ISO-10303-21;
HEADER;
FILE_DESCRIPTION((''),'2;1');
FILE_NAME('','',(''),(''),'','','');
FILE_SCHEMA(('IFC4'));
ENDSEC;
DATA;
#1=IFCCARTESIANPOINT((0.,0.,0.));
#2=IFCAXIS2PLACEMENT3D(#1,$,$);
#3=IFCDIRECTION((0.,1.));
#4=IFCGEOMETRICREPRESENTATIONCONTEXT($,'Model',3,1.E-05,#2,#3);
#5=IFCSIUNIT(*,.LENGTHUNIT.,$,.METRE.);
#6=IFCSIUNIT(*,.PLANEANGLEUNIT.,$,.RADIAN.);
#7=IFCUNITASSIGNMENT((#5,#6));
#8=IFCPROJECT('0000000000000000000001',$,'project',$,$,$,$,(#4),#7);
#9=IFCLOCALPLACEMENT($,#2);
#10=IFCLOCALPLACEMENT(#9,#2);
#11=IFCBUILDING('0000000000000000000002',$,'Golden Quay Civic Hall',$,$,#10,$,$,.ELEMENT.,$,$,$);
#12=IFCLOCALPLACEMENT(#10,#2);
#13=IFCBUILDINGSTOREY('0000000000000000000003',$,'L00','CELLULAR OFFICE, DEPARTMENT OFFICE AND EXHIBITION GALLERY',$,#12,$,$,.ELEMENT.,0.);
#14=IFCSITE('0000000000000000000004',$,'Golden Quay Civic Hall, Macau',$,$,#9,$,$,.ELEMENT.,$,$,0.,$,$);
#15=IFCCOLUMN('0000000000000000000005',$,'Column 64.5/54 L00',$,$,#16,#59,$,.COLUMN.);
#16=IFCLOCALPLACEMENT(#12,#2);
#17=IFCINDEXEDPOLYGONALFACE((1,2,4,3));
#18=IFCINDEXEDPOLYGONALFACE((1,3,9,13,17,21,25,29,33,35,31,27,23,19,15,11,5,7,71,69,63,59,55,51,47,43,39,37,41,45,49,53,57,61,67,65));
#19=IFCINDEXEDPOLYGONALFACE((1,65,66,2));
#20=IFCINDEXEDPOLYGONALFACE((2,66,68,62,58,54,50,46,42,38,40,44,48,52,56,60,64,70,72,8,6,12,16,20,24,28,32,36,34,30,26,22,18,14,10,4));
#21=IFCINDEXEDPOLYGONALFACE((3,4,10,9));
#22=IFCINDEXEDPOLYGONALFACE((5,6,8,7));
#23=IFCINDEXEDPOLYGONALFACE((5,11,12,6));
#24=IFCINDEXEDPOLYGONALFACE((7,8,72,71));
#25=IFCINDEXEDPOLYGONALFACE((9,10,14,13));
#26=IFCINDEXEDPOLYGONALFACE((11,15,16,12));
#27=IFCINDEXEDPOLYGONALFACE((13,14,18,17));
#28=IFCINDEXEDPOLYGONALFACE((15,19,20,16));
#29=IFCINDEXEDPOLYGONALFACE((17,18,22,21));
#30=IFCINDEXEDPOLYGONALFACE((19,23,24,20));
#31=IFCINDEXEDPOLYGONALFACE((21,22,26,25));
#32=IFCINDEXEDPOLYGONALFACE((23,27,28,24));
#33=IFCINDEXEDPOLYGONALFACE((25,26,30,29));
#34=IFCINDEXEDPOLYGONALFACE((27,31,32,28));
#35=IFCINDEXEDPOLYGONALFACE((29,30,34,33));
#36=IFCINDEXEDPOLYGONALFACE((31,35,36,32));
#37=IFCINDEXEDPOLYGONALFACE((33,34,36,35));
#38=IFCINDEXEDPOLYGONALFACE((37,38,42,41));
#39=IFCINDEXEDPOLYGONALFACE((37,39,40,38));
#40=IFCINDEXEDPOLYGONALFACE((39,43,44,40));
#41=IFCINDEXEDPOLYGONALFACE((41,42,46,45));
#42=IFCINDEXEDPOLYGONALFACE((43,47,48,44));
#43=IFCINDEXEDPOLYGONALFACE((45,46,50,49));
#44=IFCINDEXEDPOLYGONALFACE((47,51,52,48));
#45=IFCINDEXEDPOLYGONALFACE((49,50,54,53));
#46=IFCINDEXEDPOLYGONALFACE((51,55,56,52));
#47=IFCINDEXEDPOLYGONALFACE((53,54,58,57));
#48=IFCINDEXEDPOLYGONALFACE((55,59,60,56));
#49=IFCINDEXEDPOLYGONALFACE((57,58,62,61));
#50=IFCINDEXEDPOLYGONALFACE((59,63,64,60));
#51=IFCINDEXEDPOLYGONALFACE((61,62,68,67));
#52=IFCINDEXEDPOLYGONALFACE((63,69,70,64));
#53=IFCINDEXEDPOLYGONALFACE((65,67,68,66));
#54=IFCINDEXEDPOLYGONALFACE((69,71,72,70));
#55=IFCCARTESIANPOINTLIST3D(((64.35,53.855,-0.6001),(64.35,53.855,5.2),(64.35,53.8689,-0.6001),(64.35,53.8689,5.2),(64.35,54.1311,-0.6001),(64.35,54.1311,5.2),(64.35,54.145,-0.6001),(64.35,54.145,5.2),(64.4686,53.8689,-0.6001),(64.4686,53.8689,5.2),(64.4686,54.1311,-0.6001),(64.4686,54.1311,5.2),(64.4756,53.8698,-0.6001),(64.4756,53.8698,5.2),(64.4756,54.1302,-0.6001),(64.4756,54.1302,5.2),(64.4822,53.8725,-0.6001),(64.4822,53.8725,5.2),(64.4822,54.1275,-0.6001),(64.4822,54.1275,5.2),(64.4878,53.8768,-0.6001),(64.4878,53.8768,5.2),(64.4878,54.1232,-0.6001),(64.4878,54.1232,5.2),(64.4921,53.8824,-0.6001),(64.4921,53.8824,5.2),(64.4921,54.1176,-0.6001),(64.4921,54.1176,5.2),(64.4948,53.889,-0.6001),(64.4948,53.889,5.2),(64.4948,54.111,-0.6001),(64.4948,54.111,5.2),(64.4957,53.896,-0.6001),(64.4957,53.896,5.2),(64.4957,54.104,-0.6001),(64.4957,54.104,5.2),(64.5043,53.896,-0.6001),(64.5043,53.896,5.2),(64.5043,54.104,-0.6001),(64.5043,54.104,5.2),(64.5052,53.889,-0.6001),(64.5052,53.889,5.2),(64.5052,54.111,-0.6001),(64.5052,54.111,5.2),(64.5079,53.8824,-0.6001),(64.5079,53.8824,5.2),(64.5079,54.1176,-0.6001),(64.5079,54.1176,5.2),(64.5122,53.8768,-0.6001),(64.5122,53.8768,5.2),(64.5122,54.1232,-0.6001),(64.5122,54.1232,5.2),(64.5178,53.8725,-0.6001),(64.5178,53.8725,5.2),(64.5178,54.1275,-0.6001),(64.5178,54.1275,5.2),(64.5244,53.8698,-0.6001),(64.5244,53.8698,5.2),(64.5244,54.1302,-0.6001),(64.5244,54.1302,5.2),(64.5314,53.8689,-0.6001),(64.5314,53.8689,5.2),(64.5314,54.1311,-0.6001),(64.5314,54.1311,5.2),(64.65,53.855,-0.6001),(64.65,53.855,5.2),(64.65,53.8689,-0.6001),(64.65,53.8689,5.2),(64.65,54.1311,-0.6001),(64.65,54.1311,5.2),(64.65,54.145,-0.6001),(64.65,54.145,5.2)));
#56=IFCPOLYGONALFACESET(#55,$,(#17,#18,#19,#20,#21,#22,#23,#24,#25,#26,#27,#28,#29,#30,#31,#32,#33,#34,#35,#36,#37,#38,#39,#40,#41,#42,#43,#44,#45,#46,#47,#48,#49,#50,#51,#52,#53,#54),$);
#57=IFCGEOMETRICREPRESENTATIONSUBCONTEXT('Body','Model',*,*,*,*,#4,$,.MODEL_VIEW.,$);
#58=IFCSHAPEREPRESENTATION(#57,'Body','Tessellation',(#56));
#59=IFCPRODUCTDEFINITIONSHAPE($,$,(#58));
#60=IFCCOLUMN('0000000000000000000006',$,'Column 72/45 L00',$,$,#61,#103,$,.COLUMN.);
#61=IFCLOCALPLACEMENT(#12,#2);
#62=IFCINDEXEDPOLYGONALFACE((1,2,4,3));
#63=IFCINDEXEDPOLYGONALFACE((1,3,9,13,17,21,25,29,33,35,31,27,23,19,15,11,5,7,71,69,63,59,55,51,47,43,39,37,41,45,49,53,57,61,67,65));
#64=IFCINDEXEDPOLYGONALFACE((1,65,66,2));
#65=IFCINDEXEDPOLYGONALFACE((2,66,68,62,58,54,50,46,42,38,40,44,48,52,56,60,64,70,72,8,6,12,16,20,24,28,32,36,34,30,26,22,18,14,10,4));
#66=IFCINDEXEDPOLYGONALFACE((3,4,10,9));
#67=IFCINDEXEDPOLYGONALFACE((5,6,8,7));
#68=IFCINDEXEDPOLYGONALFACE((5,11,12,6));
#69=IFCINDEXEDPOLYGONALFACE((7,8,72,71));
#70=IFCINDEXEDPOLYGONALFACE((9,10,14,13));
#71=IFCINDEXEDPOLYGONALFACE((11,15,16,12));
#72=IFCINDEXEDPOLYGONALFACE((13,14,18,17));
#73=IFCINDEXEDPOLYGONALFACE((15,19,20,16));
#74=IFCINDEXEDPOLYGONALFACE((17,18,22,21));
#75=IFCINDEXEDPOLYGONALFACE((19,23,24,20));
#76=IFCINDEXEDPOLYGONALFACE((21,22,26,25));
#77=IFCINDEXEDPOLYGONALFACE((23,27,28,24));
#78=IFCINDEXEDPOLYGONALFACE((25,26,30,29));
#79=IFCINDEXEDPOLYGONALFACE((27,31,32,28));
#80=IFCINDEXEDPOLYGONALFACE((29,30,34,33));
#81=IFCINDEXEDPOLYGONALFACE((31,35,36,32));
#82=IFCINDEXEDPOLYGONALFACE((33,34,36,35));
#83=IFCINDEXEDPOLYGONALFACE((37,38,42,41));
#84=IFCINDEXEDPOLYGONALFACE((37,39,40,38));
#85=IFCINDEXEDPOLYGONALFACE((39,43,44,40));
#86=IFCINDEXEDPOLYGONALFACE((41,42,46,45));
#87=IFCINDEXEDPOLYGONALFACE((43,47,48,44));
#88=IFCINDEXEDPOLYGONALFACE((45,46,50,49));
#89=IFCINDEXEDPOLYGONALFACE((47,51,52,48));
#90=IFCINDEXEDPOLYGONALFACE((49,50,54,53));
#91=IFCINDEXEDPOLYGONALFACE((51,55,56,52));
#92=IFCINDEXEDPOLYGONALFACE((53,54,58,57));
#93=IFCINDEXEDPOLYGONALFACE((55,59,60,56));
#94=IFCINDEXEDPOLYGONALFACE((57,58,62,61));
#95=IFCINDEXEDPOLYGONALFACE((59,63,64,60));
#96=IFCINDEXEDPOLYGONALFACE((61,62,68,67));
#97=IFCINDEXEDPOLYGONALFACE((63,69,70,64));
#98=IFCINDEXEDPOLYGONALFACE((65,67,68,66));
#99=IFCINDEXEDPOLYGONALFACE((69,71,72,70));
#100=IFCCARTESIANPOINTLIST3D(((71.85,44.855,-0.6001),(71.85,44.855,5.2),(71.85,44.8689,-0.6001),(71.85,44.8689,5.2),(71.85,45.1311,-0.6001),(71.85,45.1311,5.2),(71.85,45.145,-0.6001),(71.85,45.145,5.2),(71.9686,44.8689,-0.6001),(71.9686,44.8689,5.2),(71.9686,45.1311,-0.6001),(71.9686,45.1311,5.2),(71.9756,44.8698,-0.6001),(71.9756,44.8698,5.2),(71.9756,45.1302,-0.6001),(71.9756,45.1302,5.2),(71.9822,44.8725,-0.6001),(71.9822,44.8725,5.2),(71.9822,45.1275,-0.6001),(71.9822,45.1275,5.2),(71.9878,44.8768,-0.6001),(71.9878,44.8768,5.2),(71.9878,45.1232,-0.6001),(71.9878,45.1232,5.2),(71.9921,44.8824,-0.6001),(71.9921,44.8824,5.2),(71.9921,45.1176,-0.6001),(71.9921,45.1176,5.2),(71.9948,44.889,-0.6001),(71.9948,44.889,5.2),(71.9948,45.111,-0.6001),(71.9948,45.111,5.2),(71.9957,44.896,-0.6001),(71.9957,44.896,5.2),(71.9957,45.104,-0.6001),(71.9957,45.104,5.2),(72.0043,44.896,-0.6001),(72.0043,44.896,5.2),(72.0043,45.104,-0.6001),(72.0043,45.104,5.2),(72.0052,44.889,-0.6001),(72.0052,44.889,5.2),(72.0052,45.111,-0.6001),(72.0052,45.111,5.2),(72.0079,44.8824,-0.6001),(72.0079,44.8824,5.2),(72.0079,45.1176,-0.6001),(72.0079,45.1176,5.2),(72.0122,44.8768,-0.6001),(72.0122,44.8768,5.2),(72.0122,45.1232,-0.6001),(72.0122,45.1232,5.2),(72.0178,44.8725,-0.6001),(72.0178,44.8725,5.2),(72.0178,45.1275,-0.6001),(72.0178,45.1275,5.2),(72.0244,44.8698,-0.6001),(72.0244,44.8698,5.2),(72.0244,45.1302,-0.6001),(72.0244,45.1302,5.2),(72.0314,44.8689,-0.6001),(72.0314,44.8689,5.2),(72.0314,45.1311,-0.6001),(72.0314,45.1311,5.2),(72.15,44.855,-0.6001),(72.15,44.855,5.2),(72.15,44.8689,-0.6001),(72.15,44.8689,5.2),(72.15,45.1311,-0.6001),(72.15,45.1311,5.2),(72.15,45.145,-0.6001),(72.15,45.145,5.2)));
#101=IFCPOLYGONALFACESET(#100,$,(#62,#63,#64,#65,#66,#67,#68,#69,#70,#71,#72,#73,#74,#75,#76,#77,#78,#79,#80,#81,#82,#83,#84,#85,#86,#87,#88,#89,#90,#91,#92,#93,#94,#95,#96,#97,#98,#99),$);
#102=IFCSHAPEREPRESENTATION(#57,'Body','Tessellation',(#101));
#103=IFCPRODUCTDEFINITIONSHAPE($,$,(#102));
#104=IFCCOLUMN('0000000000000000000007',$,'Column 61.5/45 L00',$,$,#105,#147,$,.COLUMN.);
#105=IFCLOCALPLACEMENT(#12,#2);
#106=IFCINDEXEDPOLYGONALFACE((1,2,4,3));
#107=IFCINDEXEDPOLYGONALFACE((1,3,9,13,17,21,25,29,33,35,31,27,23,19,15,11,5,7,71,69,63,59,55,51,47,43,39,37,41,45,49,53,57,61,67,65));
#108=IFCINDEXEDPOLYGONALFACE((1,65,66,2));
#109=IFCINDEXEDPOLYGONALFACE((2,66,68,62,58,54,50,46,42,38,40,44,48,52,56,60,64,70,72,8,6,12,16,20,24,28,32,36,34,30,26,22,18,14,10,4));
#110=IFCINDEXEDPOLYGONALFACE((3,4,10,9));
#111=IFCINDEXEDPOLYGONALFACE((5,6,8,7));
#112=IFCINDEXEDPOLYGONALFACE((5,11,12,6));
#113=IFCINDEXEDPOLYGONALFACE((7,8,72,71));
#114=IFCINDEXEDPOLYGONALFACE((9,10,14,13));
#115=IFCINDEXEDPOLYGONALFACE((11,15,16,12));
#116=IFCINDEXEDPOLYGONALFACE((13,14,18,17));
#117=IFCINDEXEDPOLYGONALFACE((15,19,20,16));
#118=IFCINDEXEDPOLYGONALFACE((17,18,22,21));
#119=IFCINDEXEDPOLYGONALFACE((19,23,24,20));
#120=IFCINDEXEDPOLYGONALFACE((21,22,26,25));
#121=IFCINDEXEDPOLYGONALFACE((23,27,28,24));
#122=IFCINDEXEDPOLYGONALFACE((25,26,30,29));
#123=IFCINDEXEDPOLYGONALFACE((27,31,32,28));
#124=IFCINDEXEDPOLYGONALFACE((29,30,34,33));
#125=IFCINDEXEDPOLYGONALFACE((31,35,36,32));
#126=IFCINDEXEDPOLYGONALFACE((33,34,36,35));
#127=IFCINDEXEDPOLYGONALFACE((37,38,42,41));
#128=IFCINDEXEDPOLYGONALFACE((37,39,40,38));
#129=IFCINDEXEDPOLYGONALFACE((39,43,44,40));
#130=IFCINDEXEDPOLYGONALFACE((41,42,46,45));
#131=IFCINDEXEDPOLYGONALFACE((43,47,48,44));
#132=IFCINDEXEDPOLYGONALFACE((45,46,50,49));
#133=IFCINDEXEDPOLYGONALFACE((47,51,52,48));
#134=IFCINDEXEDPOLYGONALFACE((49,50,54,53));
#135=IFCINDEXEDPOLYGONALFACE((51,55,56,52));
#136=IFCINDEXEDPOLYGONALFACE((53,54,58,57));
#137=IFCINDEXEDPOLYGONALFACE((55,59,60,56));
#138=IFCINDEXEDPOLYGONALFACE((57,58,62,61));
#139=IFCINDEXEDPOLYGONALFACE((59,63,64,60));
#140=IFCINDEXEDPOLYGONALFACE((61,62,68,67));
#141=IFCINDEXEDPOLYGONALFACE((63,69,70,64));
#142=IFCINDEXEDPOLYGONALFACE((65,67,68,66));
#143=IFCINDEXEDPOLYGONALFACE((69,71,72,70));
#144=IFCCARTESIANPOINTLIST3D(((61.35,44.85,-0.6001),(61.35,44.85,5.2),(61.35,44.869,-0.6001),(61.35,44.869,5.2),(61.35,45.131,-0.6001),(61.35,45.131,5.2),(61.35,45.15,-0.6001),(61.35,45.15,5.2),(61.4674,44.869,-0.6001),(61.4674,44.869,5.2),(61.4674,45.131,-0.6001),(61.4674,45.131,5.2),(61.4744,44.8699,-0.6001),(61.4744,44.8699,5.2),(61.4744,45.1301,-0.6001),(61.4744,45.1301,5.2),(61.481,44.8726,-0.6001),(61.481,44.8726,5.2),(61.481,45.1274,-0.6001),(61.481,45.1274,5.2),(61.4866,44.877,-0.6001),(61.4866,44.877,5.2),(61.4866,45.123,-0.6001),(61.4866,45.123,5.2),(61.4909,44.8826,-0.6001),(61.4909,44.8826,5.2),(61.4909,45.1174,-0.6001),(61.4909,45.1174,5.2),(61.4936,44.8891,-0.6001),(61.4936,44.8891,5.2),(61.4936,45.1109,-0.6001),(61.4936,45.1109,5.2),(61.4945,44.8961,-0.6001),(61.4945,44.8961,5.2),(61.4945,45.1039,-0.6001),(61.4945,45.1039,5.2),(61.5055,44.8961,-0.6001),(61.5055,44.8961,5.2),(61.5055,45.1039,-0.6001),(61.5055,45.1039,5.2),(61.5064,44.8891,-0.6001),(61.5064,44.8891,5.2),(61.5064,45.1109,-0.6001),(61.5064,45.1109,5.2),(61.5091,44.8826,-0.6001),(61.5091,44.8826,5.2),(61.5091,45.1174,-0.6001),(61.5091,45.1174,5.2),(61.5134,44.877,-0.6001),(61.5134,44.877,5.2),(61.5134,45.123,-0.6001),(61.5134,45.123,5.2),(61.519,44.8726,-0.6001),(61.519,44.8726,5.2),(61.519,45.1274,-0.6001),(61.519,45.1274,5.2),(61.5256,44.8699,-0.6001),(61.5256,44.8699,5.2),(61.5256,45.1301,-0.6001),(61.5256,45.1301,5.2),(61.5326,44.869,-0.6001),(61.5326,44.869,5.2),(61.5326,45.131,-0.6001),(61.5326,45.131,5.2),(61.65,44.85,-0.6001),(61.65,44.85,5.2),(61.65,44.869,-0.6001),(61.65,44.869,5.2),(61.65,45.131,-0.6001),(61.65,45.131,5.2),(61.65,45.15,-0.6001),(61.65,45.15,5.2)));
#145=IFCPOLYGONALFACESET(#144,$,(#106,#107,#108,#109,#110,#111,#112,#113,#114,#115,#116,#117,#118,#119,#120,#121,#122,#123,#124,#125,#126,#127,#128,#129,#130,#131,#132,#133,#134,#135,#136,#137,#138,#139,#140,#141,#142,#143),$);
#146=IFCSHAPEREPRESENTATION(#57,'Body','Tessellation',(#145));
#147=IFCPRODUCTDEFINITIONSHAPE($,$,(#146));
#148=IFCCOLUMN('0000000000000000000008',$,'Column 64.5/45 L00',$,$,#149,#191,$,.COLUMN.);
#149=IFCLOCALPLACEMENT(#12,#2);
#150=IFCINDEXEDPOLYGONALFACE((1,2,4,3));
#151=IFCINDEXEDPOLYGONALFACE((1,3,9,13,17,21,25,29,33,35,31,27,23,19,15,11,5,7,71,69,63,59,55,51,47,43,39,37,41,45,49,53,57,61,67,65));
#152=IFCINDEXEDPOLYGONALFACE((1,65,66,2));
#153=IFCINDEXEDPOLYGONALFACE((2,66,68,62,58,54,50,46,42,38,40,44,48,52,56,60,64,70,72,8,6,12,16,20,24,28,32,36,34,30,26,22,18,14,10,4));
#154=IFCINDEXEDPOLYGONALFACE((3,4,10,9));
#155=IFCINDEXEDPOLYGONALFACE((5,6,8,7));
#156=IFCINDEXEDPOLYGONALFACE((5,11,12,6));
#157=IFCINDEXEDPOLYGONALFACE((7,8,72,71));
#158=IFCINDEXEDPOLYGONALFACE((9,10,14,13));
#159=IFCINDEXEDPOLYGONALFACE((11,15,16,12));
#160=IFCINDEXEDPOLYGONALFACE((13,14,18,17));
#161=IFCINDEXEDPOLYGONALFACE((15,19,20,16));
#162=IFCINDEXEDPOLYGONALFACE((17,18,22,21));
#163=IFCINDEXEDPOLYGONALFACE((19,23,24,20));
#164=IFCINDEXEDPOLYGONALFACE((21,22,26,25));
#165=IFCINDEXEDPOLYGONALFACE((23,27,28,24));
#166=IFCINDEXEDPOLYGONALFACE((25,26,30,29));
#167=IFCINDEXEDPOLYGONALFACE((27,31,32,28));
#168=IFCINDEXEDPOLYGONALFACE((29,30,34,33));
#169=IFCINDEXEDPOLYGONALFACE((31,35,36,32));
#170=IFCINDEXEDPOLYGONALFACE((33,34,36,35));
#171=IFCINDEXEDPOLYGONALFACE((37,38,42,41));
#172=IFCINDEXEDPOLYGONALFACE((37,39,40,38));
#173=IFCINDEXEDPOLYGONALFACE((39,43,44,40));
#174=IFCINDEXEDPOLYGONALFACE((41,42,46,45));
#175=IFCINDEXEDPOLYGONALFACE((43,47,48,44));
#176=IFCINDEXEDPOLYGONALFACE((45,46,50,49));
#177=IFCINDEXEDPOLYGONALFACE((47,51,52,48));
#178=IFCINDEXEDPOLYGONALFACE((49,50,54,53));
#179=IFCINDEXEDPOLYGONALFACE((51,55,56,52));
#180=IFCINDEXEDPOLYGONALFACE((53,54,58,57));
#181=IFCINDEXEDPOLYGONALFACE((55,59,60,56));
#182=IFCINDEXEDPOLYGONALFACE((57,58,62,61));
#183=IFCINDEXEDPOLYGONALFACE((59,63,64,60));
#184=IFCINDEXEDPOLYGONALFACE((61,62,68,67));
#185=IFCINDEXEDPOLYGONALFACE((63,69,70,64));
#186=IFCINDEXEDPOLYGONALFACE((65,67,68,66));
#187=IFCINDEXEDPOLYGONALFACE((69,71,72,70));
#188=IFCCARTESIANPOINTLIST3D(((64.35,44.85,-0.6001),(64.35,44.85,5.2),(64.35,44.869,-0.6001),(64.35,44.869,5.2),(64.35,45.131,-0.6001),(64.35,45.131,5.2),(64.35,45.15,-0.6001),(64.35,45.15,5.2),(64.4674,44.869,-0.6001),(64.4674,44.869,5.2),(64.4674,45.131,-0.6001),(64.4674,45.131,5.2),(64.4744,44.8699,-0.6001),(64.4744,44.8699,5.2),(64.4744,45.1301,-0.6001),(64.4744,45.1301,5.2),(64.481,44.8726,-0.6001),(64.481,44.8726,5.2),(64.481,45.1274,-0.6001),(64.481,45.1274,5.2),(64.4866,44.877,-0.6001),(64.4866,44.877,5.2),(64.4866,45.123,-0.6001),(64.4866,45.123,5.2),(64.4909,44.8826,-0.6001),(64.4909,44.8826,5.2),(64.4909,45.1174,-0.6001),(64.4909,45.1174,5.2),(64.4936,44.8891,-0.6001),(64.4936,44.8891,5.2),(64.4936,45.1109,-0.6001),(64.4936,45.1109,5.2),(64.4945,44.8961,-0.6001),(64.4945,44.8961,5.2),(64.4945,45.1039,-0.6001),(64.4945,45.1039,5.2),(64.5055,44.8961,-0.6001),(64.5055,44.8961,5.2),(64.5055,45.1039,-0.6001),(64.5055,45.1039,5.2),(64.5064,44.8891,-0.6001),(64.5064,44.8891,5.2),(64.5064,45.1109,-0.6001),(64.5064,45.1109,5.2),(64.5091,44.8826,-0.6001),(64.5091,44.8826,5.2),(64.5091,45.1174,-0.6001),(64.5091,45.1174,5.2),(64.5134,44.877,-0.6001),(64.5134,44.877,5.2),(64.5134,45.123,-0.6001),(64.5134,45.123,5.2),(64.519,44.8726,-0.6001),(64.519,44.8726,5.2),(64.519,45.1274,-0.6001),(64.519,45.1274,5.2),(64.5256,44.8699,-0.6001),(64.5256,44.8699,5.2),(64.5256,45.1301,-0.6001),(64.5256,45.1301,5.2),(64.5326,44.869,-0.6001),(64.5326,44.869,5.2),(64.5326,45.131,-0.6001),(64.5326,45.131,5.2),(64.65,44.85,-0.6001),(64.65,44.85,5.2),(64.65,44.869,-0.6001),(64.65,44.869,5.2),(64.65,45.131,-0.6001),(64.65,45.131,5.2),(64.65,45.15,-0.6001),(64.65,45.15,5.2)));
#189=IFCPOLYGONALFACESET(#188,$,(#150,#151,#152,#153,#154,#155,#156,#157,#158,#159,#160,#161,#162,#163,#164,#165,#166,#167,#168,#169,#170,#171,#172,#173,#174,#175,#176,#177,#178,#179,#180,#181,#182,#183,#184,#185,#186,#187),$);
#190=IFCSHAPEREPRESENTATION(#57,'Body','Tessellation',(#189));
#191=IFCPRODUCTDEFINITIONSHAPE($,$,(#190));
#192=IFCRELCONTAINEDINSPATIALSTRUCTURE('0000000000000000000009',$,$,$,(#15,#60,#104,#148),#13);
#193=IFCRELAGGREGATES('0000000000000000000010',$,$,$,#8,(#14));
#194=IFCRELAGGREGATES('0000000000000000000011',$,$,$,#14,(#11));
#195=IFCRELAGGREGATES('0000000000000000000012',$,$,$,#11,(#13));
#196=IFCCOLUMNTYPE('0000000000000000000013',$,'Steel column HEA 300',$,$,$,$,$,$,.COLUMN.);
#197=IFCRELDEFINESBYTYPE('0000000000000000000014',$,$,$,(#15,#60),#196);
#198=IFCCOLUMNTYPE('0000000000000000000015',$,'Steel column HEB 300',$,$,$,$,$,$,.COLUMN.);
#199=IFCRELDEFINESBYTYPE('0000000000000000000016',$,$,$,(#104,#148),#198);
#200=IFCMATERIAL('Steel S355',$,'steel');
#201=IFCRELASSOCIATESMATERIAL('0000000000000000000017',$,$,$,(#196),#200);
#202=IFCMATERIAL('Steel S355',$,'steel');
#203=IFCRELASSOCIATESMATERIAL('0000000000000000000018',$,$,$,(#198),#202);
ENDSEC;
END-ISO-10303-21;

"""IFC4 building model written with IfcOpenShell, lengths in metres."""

from ifc_helpers import new_model, si_unit, direction, frame, origin, origin_2d, place, context, subcontext, project, spatial, i_section, extrude, material, material_profile, profile_set, type_object, element, save


model = new_model("IFC4")

# Units and contexts
model_context = context("Model", 3, precision=1e-05, world=origin(), true_north=direction((0.0, 1.0)))
body_context = subcontext(model_context, "Body", "Model", "MODEL_VIEW")
ifc_project = project(units=[si_unit("LENGTHUNIT", "METRE"), si_unit("PLANEANGLEUNIT", "RADIAN")], contexts=[model_context])

# Site, building, storey
site_placement = place(None, origin())
site = spatial("IfcSite", under=ifc_project, at=site_placement, Name="Golden Quay Civic Hall, Macau", CompositionType="ELEMENT", RefElevation=0.0)
building_placement = place(site_placement, origin())
building = spatial("IfcBuilding", under=site, at=building_placement, Name="Golden Quay Civic Hall", CompositionType="ELEMENT")
storey_placement = place(building_placement, origin())
storey = spatial("IfcBuildingStorey", under=building, at=storey_placement, Name="L00", Description="CELLULAR OFFICE, DEPARTMENT OFFICE AND EXHIBITION GALLERY", CompositionType="ELEMENT", Elevation=0.0)

# Columns
ifc_material_1 = material(Name="Steel S355", Category="steel")
ifc_material_profile_1 = material_profile(ifc_material_1, i_section(OverallWidth=0.3, OverallDepth=0.29, WebThickness=0.0085, FlangeThickness=0.0139, FilletRadius=0.0271, at=origin_2d()), Name="HEA 300")
ifc_profile_set_1 = profile_set([ifc_material_profile_1], Name="Steel S355")
column_type_1 = type_object("IfcColumnType", Name="Steel column HEA 300", PredefinedType="COLUMN", material=ifc_profile_set_1)
for number, where, z_axis, x_axis, name in (
    (1, (64.5, 54.0, -0.6001), (0.0, 0.0, 1.0), (1.0, 0.0, 0.0), "Column 64.5/54 L00"),
    (2, (72.0, 45.0, -0.6001), (0.0, 0.0, 1.0), (1.0, 0.0, 0.0), "Column 72/45 L00"),
):
    element("IfcColumn", number, at=place(storey_placement, frame(where, z_axis=z_axis, x_axis=x_axis)), inside=storey, type_object=column_type_1, Name=name, PredefinedType="COLUMN", context=body_context, shape_type="SweptSolid", body=[
        extrude(i_section(OverallWidth=0.3, OverallDepth=0.29, WebThickness=0.0085, FlangeThickness=0.0139, FilletRadius=0.0271, at=origin_2d()), origin(), (0.0, 0.0, 1.0), 5.8),
    ])
ifc_material_2 = material(Name="Steel S355", Category="steel")
ifc_material_profile_2 = material_profile(ifc_material_2, i_section(OverallWidth=0.3, OverallDepth=0.3, WebThickness=0.011, FlangeThickness=0.019, FilletRadius=0.0271, at=origin_2d()), Name="HEB 300")
ifc_profile_set_2 = profile_set([ifc_material_profile_2], Name="Steel S355")
column_type_2 = type_object("IfcColumnType", Name="Steel column HEB 300", PredefinedType="COLUMN", material=ifc_profile_set_2)
for number, where, z_axis, x_axis, name in (
    (3, (61.5, 45.0, -0.6001), (0.0, 0.0, 1.0), (1.0, 0.0, 0.0), "Column 61.5/45 L00"),
    (4, (64.5, 45.0, -0.6001), (0.0, 0.0, 1.0), (1.0, 0.0, 0.0), "Column 64.5/45 L00"),
):
    element("IfcColumn", number, at=place(storey_placement, frame(where, z_axis=z_axis, x_axis=x_axis)), inside=storey, type_object=column_type_2, Name=name, PredefinedType="COLUMN", context=body_context, shape_type="SweptSolid", body=[
        extrude(i_section(OverallWidth=0.3, OverallDepth=0.3, WebThickness=0.011, FlangeThickness=0.019, FilletRadius=0.0271, at=origin_2d()), origin(), (0.0, 0.0, 1.0), 5.8),
    ])

save(model, "model.ifc")
